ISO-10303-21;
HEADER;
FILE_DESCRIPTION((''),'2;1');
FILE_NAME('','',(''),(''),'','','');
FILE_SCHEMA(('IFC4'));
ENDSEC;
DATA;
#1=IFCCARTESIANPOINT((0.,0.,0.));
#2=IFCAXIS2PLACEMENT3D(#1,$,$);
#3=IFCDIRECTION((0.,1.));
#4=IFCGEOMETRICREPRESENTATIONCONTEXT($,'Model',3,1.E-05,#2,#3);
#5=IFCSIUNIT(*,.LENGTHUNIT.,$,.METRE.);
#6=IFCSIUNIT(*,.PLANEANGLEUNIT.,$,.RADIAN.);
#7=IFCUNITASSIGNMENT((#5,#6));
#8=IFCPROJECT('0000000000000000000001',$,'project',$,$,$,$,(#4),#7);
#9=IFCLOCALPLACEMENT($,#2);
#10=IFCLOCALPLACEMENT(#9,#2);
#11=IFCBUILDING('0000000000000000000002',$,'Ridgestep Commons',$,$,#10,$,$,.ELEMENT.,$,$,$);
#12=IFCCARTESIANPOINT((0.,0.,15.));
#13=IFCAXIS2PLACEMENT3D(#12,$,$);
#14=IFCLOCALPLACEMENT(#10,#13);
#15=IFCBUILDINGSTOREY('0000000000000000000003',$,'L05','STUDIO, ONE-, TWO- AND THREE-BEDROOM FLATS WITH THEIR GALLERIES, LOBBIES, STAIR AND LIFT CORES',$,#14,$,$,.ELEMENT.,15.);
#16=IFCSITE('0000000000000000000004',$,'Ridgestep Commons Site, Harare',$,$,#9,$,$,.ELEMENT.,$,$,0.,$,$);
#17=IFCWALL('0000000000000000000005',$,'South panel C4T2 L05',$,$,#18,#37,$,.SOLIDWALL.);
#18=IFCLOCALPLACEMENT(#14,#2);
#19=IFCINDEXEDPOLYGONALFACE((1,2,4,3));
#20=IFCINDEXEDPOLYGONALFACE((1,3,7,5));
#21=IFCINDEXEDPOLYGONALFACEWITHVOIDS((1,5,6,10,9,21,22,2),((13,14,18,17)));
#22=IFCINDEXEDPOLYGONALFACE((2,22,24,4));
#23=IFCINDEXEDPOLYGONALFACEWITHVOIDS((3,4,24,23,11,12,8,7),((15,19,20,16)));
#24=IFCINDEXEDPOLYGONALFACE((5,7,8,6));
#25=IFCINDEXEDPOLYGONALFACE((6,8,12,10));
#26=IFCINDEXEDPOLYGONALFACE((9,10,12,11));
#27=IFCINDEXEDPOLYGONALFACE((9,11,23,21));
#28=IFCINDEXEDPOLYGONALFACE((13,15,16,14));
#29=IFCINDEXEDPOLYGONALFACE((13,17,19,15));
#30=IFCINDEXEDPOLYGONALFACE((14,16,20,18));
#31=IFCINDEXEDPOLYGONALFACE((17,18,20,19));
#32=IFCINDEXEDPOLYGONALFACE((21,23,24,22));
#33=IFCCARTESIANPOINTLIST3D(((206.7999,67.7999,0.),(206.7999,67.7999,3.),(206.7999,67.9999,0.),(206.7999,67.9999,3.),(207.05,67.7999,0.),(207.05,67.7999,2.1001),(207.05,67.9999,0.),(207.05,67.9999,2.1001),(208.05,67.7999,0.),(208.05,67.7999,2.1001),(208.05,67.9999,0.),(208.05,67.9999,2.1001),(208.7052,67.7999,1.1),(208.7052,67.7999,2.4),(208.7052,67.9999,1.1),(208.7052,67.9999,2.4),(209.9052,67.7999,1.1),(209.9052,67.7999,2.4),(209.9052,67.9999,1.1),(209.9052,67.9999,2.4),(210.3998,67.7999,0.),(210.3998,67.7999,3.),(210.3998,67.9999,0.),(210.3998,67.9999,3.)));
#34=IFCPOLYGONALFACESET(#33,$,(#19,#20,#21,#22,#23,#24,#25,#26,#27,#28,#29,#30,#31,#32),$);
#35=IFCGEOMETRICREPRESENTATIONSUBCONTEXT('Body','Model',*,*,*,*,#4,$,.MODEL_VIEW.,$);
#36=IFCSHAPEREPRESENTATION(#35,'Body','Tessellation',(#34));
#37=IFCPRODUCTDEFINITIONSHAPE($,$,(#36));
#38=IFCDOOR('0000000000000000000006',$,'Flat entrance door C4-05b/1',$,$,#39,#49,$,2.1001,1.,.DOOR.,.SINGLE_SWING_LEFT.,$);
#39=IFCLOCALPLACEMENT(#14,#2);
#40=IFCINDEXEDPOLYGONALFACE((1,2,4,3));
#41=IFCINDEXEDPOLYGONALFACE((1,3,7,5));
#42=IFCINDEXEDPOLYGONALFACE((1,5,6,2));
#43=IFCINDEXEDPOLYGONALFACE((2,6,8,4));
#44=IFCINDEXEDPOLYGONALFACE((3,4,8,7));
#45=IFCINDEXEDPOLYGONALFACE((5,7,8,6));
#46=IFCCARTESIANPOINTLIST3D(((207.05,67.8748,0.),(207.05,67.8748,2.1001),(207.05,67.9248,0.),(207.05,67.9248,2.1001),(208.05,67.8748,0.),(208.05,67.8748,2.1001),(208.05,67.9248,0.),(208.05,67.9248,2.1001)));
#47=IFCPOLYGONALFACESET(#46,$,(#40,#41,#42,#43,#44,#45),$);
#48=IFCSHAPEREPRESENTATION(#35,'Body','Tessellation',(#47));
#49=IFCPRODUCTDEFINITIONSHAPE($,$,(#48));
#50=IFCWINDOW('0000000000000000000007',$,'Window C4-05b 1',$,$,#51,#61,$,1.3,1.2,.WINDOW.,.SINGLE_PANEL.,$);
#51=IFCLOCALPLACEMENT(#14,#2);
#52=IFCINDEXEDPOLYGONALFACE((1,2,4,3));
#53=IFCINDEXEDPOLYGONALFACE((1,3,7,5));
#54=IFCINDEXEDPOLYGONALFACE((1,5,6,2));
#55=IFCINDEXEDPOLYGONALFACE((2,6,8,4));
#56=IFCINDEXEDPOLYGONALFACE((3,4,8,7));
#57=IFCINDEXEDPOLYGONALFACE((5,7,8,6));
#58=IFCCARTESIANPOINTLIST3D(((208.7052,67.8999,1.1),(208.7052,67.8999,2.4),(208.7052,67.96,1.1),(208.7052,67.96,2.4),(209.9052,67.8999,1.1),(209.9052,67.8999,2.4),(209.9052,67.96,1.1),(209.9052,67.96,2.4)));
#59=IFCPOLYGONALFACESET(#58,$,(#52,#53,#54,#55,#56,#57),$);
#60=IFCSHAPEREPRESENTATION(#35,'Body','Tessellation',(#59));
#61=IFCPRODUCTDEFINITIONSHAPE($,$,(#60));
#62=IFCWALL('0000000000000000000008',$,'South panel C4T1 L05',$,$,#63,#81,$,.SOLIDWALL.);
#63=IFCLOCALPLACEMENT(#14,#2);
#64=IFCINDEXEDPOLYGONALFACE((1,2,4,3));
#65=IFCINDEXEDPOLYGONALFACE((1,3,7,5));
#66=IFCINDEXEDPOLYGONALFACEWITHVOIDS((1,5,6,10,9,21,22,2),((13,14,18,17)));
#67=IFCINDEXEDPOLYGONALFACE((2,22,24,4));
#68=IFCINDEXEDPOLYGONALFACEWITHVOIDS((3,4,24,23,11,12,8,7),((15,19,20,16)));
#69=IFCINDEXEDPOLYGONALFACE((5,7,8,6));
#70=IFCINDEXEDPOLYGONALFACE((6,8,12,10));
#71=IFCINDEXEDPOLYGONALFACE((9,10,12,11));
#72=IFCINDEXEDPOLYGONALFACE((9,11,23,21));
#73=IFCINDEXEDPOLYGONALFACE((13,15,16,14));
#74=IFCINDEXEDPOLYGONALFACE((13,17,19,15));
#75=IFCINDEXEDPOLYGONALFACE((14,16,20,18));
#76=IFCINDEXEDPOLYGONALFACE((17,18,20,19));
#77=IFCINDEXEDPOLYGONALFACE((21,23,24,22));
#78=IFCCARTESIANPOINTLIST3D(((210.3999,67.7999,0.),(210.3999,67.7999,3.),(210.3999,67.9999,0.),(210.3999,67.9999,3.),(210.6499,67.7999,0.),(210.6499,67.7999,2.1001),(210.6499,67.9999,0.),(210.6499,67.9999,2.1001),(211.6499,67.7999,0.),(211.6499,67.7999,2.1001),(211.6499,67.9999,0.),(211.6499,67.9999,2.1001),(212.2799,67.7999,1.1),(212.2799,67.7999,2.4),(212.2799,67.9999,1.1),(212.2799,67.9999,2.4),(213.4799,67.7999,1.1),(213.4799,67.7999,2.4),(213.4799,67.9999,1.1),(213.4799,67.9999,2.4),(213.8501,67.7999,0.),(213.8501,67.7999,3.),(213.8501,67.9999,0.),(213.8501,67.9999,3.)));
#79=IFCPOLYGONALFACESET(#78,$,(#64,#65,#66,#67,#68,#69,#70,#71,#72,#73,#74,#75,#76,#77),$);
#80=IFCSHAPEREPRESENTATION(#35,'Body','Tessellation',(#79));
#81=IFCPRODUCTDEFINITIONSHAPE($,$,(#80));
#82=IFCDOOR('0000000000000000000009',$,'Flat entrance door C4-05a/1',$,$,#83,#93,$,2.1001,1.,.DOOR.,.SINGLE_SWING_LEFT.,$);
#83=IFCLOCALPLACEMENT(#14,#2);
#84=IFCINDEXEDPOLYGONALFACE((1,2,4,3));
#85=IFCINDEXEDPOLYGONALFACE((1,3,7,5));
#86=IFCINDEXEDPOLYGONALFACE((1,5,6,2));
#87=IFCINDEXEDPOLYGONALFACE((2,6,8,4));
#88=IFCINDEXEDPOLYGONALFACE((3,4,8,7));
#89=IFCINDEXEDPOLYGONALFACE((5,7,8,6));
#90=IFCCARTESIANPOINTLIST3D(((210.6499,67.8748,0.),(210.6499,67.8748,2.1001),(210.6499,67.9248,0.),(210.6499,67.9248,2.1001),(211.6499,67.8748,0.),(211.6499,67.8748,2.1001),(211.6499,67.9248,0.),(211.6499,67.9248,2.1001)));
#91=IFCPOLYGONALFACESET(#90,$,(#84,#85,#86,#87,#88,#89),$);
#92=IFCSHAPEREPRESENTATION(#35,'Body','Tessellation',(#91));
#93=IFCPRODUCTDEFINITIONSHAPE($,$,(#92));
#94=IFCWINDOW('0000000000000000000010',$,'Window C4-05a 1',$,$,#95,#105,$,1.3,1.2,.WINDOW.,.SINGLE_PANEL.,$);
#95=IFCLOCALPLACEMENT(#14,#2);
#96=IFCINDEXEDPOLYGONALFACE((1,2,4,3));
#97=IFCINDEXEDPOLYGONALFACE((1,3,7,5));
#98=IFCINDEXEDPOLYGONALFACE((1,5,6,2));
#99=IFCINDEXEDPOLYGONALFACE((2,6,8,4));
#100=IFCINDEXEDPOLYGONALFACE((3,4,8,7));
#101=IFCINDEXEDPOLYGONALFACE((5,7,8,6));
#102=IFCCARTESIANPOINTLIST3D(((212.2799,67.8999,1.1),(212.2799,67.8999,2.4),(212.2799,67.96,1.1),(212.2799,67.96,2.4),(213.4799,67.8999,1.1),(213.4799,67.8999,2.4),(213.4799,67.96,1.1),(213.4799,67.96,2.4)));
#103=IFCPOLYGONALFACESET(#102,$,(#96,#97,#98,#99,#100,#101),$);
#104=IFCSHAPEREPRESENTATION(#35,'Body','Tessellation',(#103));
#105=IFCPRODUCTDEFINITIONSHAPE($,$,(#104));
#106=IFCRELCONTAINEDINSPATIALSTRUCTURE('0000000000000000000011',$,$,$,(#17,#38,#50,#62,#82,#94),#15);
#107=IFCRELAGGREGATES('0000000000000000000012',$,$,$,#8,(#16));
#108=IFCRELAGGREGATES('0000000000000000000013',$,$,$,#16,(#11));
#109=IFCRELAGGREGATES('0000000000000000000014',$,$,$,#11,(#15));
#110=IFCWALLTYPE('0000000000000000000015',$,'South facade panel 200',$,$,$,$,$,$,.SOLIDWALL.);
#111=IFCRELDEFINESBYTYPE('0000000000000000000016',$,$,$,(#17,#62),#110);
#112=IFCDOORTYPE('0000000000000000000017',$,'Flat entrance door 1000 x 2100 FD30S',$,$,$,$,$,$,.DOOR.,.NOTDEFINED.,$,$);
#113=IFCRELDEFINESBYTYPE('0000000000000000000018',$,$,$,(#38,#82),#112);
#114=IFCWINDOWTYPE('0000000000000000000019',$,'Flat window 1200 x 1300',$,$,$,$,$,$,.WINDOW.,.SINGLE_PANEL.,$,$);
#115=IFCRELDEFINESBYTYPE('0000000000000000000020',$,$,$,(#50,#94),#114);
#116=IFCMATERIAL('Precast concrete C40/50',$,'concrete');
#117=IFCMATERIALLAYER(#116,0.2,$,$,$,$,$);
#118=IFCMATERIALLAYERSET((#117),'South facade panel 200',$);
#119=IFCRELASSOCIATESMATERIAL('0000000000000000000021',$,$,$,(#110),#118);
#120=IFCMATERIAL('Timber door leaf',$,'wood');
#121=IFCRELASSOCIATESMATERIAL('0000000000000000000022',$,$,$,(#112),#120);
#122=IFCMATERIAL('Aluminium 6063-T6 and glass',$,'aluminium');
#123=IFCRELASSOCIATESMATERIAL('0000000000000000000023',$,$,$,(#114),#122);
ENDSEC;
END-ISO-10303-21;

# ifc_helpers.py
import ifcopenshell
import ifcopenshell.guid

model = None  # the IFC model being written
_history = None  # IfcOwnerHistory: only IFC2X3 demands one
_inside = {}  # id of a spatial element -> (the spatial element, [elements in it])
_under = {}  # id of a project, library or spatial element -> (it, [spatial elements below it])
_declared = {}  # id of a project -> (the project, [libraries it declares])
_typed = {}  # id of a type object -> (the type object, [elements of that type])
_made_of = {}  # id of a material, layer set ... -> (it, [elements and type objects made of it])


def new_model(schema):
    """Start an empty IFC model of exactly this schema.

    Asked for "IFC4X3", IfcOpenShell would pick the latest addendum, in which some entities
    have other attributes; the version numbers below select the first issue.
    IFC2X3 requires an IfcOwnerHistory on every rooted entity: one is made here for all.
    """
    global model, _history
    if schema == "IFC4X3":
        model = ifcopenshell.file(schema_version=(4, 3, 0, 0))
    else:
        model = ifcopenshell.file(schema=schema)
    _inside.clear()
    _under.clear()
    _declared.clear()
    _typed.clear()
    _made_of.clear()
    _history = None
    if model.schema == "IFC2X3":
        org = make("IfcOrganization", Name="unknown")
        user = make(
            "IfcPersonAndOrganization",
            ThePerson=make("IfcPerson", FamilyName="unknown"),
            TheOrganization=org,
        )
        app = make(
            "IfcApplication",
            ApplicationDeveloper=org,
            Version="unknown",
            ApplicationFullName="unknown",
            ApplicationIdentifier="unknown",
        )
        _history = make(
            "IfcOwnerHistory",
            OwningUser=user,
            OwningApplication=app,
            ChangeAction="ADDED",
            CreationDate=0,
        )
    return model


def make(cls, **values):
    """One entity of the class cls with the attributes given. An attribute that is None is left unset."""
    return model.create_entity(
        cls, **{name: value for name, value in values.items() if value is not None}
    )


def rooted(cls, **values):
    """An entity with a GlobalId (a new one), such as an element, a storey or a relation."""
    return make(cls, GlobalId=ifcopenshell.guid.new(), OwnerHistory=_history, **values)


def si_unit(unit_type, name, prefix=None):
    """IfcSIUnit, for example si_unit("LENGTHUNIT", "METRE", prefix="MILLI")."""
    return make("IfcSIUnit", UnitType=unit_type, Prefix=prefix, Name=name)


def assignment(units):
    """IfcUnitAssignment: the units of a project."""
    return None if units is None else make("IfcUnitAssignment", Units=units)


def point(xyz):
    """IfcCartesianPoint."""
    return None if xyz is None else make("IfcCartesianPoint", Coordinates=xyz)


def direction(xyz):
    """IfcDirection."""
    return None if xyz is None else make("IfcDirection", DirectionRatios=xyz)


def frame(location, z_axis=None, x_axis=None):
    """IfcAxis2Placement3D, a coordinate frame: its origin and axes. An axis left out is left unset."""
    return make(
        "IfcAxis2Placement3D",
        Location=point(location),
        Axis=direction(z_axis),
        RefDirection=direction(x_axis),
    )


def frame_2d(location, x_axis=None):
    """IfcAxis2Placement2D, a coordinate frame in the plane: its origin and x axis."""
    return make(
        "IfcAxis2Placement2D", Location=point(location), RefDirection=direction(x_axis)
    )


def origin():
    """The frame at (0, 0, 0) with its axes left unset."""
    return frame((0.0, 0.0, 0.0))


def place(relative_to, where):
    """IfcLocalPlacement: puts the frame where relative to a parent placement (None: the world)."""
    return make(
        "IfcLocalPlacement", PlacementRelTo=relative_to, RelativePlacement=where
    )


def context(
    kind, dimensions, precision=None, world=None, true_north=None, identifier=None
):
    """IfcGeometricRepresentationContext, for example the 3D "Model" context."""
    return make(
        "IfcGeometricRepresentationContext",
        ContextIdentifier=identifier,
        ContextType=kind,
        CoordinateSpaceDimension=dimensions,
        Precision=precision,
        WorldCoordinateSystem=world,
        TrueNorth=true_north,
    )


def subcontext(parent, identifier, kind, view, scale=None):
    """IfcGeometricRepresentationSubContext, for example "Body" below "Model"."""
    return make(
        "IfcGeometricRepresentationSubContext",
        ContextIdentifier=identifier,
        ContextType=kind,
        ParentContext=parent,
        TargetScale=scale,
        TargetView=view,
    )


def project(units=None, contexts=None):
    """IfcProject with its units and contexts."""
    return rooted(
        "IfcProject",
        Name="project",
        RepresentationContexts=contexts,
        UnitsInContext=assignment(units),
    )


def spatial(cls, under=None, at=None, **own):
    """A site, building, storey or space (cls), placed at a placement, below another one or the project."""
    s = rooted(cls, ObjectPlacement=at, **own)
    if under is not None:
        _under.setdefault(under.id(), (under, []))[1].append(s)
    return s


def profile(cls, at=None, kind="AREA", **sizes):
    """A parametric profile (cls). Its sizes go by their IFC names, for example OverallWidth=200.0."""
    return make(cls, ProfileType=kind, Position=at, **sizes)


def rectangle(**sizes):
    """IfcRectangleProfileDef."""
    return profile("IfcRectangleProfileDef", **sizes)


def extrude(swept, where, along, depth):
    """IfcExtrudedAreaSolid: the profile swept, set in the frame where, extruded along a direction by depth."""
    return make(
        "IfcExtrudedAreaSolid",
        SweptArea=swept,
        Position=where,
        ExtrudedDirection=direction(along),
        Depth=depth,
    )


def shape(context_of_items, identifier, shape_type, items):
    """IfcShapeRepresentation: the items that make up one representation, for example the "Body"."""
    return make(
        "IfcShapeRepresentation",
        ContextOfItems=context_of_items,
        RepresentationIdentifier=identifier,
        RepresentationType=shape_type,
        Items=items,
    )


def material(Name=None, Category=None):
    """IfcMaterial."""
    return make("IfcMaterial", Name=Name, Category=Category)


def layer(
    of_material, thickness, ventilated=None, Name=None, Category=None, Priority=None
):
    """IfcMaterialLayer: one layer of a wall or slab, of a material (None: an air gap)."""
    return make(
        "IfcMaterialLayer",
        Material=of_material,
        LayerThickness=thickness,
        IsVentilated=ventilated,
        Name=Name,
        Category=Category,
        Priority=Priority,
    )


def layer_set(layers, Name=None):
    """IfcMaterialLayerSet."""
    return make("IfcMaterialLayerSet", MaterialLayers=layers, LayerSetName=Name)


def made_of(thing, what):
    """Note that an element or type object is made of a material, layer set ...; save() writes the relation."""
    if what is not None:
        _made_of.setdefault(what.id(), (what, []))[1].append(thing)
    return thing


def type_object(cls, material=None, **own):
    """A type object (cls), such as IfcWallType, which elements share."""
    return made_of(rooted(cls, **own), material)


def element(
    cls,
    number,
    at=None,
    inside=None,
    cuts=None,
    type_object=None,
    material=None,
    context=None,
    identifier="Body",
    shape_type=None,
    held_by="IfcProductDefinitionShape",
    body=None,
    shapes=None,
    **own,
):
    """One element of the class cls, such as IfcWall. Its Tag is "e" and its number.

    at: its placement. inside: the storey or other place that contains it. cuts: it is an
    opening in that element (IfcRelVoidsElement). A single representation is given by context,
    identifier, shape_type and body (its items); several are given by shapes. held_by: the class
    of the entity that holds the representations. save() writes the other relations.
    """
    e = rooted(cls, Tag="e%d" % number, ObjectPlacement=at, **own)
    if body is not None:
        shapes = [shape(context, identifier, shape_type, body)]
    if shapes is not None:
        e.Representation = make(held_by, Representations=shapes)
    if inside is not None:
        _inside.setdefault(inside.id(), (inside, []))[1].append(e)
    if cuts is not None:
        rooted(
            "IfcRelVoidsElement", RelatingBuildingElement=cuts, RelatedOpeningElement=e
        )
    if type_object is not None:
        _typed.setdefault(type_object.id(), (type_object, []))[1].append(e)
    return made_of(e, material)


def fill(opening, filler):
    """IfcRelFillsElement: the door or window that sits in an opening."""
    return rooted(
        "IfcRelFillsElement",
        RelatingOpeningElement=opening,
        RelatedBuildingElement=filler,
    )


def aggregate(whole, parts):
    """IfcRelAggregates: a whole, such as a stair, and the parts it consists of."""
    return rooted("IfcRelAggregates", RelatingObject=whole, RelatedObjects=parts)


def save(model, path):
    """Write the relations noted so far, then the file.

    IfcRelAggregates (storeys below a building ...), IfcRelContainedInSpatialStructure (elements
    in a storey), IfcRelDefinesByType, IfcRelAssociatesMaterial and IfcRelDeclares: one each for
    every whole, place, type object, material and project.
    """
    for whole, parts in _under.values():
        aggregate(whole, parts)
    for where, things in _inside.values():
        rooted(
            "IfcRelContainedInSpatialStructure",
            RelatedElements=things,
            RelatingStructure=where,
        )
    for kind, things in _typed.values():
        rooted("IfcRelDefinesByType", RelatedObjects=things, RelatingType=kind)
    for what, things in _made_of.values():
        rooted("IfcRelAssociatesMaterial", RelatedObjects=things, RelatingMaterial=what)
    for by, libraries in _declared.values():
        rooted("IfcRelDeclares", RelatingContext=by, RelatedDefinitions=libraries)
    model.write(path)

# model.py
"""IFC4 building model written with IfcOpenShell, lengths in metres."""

from ifc_helpers import new_model, si_unit, direction, frame, frame_2d, origin, place, context, subcontext, project, spatial, rectangle, extrude, material, layer, layer_set, type_object, element, fill, save


model = new_model("IFC4")

# Units and contexts
model_context = context("Model", 3, precision=1e-05, world=origin(), true_north=direction((0.0, 1.0)))
body_context = subcontext(model_context, "Body", "Model", "MODEL_VIEW")
ifc_project = project(units=[si_unit("LENGTHUNIT", "METRE"), si_unit("PLANEANGLEUNIT", "RADIAN")], contexts=[model_context])

# Site, building, storey
site_placement = place(None, origin())
site = spatial("IfcSite", under=ifc_project, at=site_placement, Name="Ridgestep Commons Site, Harare", CompositionType="ELEMENT", RefElevation=0.0)
building_placement = place(site_placement, origin())
building = spatial("IfcBuilding", under=site, at=building_placement, Name="Ridgestep Commons", CompositionType="ELEMENT")
storey_placement = place(building_placement, frame((0.0, 0.0, 15.0)))
storey = spatial("IfcBuildingStorey", under=building, at=storey_placement, Name="L05", Description="STUDIO, ONE-, TWO- AND THREE-BEDROOM FLATS WITH THEIR GALLERIES, LOBBIES, STAIR AND LIFT CORES", CompositionType="ELEMENT", Elevation=15.0)

# Walls, openings, doors, windows
ifc_material_1 = material(Name="Precast concrete C40/50", Category="concrete")
ifc_layer_1 = layer(ifc_material_1, 0.2)
ifc_layer_set_1 = layer_set([ifc_layer_1], Name="South facade panel 200")
wall_type_1 = type_object("IfcWallType", Name="South facade panel 200", PredefinedType="SOLIDWALL", material=ifc_layer_set_1)
wall_1_placement = place(storey_placement, frame((206.8, 67.8999, 0.0), z_axis=(0.0, 0.0, 1.0), x_axis=(1.0, 0.0, 0.0)))
wall_1 = element("IfcWall", 1, at=wall_1_placement, inside=storey, type_object=wall_type_1, Name="South panel C4T2 L05", PredefinedType="SOLIDWALL", context=body_context, shape_type="SweptSolid", body=[
    extrude(rectangle(XDim=3.5999, YDim=0.2, at=frame_2d((1.7998, 0.0))), origin(), (0.0, 0.0, 1.0), 3.0),
])
opening_1_placement = place(wall_1_placement, frame((1.905, 0.0, 1.1001)))
opening_1 = element("IfcOpeningElement", 2, at=opening_1_placement, cuts=wall_1, PredefinedType="OPENING", context=body_context, shape_type="SweptSolid", body=[
    extrude(rectangle(XDim=1.2, YDim=1.3, at=frame_2d((0.6001, 0.6499))), frame((0.0, 0.1099, 0.0), z_axis=(0.0, -1.0, 0.0), x_axis=(1.0, 0.0, 0.0)), (0.0, 0.0, 1.0), 0.22),
])
opening_2_placement = place(wall_1_placement, frame((0.25, 0.0, 0.0)))
opening_2 = element("IfcOpeningElement", 3, at=opening_2_placement, cuts=wall_1, PredefinedType="OPENING", context=body_context, shape_type="SweptSolid", body=[
    extrude(rectangle(XDim=1.0, YDim=2.1001, at=frame_2d((0.5, 1.05))), frame((0.0, 0.1099, 0.0), z_axis=(0.0, -1.0, 0.0), x_axis=(1.0, 0.0, 0.0)), (0.0, 0.0, 1.0), 0.22),
])
ifc_material_2 = material(Name="Timber door leaf", Category="wood")
door_type_1 = type_object("IfcDoorType", Name="Flat entrance door 1000 x 2100 FD30S", OperationType="NOTDEFINED", PredefinedType="DOOR", material=ifc_material_2)
door_1_placement = place(opening_2_placement, origin())
door_1 = element("IfcDoor", 4, at=door_1_placement, inside=storey, type_object=door_type_1, Name="Flat entrance door C4-05b/1", OperationType="SINGLE_SWING_LEFT", OverallHeight=2.1001, OverallWidth=1.0, PredefinedType="DOOR", context=body_context, shape_type="SweptSolid", body=[
    extrude(rectangle(XDim=1.0, YDim=2.1001, at=frame_2d((0.5, 1.05))), frame((0.0, 0.0249, 0.0), z_axis=(0.0, -1.0, 0.0), x_axis=(1.0, 0.0, 0.0)), (0.0, 0.0, 1.0), 0.05),
])
fill(opening_2, door_1)
ifc_material_3 = material(Name="Aluminium 6063-T6 and glass", Category="aluminium")
window_type = type_object("IfcWindowType", Name="Flat window 1200 x 1300", PartitioningType="SINGLE_PANEL", PredefinedType="WINDOW", material=ifc_material_3)
window_1_placement = place(opening_1_placement, origin())
window_1 = element("IfcWindow", 5, at=window_1_placement, inside=storey, type_object=window_type, Name="Window C4-05b 1", OverallHeight=1.3, OverallWidth=1.2, PartitioningType="SINGLE_PANEL", PredefinedType="WINDOW", context=body_context, shape_type="SweptSolid", body=[
    extrude(rectangle(XDim=1.2, YDim=1.3, at=frame_2d((0.6001, 0.6499))), frame((0.0, 0.0601, 0.0), z_axis=(0.0, -1.0, 0.0), x_axis=(1.0, 0.0, 0.0)), (0.0, 0.0, 1.0), 0.0601),
])
fill(opening_1, window_1)
wall_2_placement = place(storey_placement, frame((210.3999, 67.8999, 0.0), z_axis=(0.0, 0.0, 1.0), x_axis=(1.0, 0.0, 0.0)))
wall_2 = element("IfcWall", 6, at=wall_2_placement, inside=storey, type_object=wall_type_1, Name="South panel C4T1 L05", PredefinedType="SOLIDWALL", context=body_context, shape_type="SweptSolid", body=[
    extrude(rectangle(XDim=3.4502, YDim=0.2, at=frame_2d((1.7251, 0.0))), origin(), (0.0, 0.0, 1.0), 3.0),
])
opening_3_placement = place(wall_2_placement, frame((1.8799, 0.0, 1.1001)))
opening_3 = element("IfcOpeningElement", 7, at=opening_3_placement, cuts=wall_2, PredefinedType="OPENING", context=body_context, shape_type="SweptSolid", body=[
    extrude(rectangle(XDim=1.2, YDim=1.3, at=frame_2d((0.6001, 0.6499))), frame((0.0, 0.1099, 0.0), z_axis=(0.0, -1.0, 0.0), x_axis=(1.0, 0.0, 0.0)), (0.0, 0.0, 1.0), 0.22),
])
opening_4_placement = place(wall_2_placement, frame((0.25, 0.0, 0.0)))
opening_4 = element("IfcOpeningElement", 8, at=opening_4_placement, cuts=wall_2, PredefinedType="OPENING", context=body_context, shape_type="SweptSolid", body=[
    extrude(rectangle(XDim=1.0, YDim=2.1001, at=frame_2d((0.5, 1.05))), frame((0.0, 0.1099, 0.0), z_axis=(0.0, -1.0, 0.0), x_axis=(1.0, 0.0, 0.0)), (0.0, 0.0, 1.0), 0.22),
])
door_2_placement = place(opening_4_placement, origin())
door_2 = element("IfcDoor", 9, at=door_2_placement, inside=storey, type_object=door_type_1, Name="Flat entrance door C4-05a/1", OperationType="SINGLE_SWING_LEFT", OverallHeight=2.1001, OverallWidth=1.0, PredefinedType="DOOR", context=body_context, shape_type="SweptSolid", body=[
    extrude(rectangle(XDim=1.0, YDim=2.1001, at=frame_2d((0.5, 1.05))), frame((0.0, 0.0249, 0.0), z_axis=(0.0, -1.0, 0.0), x_axis=(1.0, 0.0, 0.0)), (0.0, 0.0, 1.0), 0.05),
])
fill(opening_4, door_2)
window_2_placement = place(opening_3_placement, origin())
window_2 = element("IfcWindow", 10, at=window_2_placement, inside=storey, type_object=window_type, Name="Window C4-05a 1", OverallHeight=1.3, OverallWidth=1.2, PartitioningType="SINGLE_PANEL", PredefinedType="WINDOW", context=body_context, shape_type="SweptSolid", body=[
    extrude(rectangle(XDim=1.2, YDim=1.3, at=frame_2d((0.6001, 0.6499))), frame((0.0, 0.0601, 0.0), z_axis=(0.0, -1.0, 0.0), x_axis=(1.0, 0.0, 0.0)), (0.0, 0.0, 1.0), 0.0601),
])
fill(opening_3, window_2)

save(model, "model.ifc")
